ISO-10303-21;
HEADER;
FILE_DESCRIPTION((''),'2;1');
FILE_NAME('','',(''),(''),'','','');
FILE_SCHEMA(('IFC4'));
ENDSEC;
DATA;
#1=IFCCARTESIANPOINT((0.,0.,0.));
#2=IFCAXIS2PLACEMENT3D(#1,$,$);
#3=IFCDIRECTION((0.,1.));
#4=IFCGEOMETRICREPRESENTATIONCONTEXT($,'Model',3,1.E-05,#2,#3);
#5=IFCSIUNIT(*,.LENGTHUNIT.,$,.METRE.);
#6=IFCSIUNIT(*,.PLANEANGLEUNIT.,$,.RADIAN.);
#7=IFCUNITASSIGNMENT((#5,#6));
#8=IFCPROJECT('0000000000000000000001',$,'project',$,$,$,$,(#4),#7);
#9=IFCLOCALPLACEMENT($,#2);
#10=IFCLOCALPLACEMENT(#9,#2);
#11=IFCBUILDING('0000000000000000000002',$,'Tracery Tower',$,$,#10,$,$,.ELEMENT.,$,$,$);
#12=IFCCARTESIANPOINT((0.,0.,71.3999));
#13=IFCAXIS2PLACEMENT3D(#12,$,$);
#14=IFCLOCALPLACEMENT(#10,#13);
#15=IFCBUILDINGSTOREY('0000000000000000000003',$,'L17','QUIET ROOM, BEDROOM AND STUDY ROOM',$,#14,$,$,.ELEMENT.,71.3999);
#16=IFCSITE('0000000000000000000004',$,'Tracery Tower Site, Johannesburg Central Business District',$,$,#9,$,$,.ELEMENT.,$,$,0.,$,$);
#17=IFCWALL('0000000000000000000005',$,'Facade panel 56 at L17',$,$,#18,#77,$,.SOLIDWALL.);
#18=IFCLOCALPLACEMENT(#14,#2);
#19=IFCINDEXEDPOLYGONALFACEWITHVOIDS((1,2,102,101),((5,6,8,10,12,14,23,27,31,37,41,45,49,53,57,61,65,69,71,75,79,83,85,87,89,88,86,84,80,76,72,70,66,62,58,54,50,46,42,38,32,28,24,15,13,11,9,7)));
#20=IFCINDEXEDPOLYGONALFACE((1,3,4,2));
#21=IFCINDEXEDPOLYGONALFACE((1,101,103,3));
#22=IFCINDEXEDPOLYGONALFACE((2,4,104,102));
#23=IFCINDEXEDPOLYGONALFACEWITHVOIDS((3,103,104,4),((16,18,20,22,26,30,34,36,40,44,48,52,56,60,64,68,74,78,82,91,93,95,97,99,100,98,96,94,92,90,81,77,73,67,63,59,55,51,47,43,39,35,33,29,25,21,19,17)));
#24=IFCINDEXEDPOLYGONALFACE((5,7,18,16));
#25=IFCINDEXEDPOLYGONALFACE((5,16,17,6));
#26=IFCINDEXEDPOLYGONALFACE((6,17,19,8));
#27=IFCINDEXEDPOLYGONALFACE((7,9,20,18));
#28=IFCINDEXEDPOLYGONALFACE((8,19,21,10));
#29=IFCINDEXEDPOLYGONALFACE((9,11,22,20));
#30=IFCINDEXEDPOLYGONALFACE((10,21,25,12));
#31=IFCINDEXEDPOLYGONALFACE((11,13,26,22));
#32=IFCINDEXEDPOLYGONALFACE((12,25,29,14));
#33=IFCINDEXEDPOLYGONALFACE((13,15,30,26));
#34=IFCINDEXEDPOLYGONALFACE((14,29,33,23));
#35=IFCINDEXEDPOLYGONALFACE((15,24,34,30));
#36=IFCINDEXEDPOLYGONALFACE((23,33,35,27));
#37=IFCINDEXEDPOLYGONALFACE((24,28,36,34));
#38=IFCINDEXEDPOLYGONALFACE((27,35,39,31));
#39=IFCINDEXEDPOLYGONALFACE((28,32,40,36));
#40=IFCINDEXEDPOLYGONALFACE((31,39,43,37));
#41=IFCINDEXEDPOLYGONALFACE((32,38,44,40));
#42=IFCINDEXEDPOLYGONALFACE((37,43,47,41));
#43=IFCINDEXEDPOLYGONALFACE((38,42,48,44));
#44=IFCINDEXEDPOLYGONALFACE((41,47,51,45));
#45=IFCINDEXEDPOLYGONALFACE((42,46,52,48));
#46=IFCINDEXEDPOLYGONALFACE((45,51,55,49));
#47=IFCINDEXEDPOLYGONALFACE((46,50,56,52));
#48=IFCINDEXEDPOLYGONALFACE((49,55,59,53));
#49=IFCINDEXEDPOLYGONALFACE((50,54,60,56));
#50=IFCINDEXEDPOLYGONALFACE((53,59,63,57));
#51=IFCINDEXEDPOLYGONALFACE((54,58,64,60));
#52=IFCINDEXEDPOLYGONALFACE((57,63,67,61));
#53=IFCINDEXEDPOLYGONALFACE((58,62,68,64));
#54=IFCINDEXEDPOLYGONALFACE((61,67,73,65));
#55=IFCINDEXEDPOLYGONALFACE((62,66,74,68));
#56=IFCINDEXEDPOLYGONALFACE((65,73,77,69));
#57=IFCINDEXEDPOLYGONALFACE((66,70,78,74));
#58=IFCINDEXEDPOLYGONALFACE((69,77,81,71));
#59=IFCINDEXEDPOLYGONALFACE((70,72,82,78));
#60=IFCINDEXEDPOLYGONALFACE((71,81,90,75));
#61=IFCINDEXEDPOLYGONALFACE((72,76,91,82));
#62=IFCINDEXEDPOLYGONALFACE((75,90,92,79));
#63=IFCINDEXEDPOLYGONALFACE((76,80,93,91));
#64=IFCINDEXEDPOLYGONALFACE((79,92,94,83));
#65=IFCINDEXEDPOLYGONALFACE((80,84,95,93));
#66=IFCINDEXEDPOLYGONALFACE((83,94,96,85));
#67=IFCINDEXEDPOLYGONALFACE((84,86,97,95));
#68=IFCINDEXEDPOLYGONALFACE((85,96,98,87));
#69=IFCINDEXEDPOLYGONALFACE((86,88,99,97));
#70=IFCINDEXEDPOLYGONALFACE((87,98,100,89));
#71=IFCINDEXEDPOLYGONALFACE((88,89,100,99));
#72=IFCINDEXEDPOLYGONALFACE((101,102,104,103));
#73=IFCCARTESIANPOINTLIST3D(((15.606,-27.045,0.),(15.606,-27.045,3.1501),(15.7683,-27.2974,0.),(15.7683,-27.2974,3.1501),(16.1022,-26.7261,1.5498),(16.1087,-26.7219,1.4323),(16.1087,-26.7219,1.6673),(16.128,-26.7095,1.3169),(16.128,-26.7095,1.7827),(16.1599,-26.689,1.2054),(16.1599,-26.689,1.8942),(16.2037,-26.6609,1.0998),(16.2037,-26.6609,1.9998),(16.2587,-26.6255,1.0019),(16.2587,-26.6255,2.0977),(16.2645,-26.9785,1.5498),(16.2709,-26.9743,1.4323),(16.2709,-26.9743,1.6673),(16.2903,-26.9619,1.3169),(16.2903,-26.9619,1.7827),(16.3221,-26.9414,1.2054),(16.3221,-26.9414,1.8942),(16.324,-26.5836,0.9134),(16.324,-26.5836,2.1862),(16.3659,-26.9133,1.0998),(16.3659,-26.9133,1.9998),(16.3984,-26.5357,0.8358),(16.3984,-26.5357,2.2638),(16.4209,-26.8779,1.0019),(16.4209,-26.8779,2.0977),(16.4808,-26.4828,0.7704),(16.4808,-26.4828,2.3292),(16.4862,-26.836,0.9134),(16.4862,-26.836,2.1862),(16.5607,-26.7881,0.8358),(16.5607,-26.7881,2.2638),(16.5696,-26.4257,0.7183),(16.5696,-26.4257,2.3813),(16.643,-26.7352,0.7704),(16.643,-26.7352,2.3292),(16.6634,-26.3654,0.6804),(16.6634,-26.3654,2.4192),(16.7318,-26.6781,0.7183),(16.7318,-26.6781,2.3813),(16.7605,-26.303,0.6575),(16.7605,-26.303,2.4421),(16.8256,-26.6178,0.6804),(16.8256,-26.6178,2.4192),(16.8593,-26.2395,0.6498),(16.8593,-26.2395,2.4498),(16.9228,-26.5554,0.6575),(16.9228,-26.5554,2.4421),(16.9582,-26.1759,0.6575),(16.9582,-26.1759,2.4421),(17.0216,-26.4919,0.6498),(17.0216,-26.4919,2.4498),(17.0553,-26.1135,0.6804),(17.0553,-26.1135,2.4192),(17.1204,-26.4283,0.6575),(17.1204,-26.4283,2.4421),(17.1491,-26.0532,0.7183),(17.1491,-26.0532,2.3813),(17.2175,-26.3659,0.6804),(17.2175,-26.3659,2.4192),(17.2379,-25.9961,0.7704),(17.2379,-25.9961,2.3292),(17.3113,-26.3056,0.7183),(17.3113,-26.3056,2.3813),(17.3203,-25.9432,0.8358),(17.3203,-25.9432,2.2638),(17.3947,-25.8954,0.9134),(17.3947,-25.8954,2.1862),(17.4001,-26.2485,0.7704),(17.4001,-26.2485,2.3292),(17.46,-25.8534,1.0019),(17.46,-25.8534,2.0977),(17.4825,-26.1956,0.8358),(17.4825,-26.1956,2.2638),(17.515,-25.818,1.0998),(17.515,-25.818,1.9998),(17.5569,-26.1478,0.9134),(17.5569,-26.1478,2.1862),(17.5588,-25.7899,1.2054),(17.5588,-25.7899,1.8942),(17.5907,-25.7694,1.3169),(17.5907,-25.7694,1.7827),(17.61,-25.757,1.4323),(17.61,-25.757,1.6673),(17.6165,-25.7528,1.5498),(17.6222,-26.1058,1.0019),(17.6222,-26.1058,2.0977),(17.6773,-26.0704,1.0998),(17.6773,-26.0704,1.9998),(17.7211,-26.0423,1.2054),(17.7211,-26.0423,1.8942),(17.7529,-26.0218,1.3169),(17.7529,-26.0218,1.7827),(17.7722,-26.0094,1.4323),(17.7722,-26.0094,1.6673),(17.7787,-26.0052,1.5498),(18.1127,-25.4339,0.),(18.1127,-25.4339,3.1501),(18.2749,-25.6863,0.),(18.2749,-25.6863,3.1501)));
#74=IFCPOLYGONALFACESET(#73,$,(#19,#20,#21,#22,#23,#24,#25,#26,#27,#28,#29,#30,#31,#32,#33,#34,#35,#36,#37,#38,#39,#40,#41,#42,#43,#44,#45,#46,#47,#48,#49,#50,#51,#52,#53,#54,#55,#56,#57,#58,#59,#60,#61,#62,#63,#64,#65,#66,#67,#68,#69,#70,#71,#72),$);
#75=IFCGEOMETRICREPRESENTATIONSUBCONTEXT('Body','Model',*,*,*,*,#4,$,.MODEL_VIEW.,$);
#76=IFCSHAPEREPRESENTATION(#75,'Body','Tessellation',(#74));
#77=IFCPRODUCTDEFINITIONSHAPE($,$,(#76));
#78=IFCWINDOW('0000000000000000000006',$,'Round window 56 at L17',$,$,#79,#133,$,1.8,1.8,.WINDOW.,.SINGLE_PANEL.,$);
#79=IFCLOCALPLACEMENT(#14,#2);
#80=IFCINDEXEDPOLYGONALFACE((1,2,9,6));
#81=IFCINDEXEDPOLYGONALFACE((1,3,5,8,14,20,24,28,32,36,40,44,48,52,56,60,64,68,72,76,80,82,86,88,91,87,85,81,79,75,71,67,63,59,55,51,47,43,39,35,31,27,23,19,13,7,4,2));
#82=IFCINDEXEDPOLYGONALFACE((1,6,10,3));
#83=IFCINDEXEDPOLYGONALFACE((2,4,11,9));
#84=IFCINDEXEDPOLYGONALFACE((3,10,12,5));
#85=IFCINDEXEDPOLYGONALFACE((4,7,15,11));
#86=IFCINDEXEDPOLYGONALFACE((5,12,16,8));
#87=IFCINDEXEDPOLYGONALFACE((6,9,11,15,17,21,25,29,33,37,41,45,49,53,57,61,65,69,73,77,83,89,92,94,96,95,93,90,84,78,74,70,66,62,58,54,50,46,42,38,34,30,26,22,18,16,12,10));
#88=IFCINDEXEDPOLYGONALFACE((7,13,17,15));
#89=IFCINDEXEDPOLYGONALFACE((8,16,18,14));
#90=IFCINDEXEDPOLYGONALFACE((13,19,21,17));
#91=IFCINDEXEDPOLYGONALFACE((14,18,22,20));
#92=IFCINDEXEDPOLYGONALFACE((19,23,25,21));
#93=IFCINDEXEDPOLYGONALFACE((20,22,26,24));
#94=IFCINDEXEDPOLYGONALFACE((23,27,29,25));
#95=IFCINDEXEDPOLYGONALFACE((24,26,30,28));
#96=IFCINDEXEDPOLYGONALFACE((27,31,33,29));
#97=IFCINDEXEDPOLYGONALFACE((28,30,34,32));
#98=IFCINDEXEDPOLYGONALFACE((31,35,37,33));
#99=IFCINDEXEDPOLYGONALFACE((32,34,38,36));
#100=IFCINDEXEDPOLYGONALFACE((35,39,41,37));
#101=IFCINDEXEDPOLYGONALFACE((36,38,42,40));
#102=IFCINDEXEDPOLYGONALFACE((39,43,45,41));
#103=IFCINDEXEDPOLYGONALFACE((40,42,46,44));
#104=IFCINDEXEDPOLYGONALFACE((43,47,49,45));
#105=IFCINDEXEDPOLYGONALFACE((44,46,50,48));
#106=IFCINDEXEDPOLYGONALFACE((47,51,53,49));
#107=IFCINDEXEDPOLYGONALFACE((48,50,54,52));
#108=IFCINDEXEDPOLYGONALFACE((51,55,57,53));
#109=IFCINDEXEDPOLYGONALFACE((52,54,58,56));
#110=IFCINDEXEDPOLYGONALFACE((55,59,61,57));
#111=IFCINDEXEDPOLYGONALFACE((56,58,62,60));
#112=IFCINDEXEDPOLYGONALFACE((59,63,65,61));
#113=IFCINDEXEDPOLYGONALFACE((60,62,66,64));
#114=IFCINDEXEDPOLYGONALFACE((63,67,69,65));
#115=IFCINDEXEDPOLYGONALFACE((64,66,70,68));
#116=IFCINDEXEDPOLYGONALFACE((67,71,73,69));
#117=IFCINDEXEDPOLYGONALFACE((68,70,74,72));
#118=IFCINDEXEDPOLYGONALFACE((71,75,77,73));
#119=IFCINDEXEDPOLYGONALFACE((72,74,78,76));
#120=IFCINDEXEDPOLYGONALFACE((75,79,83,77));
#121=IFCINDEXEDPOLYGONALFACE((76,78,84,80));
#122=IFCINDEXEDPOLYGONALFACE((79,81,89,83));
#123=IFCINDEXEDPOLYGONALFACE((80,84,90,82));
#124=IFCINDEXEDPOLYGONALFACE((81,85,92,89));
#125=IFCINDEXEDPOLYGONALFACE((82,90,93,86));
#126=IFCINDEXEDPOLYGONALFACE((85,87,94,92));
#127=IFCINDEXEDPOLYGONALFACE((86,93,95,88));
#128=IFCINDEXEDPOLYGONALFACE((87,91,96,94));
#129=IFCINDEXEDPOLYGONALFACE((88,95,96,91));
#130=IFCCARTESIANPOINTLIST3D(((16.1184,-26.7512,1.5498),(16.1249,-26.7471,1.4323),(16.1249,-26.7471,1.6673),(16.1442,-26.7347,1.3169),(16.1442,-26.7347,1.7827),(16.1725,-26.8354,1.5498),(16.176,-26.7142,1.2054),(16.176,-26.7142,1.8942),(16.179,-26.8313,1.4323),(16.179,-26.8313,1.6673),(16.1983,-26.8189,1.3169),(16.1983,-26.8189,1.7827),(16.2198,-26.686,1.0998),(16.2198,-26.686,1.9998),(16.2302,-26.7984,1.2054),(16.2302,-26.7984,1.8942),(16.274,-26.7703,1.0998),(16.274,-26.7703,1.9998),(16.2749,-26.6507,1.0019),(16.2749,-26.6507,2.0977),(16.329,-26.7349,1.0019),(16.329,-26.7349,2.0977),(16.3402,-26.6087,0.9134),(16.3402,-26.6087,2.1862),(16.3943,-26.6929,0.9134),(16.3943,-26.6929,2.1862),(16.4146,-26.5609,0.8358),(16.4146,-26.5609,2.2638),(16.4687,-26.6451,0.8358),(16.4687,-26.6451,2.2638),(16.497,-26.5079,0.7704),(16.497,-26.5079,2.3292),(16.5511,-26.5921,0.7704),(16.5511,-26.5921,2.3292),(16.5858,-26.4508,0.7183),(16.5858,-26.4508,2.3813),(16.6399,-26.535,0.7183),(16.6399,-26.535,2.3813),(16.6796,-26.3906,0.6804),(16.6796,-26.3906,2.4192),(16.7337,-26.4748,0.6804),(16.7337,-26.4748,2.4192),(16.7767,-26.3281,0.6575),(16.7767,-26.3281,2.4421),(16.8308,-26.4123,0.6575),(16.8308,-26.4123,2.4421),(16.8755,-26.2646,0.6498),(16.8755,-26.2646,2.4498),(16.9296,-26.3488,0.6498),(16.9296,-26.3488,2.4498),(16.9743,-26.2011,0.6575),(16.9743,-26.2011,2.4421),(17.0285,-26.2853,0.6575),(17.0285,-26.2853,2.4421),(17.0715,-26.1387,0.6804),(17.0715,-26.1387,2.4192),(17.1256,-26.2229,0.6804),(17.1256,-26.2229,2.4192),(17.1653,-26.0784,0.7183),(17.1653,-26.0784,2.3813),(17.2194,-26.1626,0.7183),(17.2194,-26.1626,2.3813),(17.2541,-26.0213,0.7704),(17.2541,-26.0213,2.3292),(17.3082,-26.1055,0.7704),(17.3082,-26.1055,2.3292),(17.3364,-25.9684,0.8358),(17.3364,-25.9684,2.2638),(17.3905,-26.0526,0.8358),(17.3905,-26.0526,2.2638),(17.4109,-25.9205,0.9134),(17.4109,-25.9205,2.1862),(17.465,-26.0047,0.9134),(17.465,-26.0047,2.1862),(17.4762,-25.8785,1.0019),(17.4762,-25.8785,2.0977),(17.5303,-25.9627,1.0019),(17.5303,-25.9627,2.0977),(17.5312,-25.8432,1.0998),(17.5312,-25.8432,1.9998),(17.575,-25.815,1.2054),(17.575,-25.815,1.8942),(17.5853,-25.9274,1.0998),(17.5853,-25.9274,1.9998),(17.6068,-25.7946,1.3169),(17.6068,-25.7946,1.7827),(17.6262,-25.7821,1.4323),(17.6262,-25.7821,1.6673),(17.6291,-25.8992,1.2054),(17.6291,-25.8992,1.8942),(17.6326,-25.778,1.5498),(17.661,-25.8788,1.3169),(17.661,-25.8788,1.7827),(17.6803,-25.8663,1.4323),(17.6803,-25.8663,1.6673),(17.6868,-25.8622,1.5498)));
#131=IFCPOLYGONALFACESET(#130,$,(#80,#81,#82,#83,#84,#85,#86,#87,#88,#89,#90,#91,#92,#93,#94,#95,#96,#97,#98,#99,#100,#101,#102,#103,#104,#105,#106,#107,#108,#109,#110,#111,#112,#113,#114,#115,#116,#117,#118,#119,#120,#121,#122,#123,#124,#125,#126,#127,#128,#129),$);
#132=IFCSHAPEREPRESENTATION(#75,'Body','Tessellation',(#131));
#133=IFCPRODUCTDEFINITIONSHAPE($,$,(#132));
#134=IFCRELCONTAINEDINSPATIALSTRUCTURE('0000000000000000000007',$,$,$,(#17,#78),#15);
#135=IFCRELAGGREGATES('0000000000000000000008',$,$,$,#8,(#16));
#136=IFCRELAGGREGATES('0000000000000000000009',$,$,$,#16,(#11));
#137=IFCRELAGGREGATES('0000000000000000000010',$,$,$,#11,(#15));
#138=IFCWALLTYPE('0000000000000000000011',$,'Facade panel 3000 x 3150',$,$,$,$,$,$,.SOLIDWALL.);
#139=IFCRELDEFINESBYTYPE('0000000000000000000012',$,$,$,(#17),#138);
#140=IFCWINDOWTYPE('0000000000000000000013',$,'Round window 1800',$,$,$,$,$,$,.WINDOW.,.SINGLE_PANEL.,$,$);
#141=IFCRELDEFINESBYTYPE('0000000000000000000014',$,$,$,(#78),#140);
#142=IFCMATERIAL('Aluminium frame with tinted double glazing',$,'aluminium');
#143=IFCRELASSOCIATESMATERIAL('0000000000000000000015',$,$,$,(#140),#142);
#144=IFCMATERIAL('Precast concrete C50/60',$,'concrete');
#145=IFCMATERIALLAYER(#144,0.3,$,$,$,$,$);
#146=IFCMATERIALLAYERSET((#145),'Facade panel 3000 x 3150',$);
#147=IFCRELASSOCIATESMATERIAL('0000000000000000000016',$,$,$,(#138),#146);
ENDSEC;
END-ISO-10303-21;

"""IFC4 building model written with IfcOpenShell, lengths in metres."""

from ifc_helpers import new_model, si_unit, direction, frame, frame_2d, origin, origin_2d, place, context, subcontext, project, spatial, rectangle, circle, extrude, material, layer, layer_set, type_object, element, fill, save


model = new_model("IFC4")

# Units and contexts
model_context = context("Model", 3, precision=1e-05, world=origin(), true_north=direction((0.0, 1.0)))
body_context = subcontext(model_context, "Body", "Model", "MODEL_VIEW")
ifc_project = project(units=[si_unit("LENGTHUNIT", "METRE"), si_unit("PLANEANGLEUNIT", "RADIAN")], contexts=[model_context])

# Site, building, storey
site_placement = place(None, origin())
site = spatial("IfcSite", under=ifc_project, at=site_placement, Name="Tracery Tower Site, Johannesburg Central Business District", CompositionType="ELEMENT", RefElevation=0.0)
building_placement = place(site_placement, origin())
building = spatial("IfcBuilding", under=site, at=building_placement, Name="Tracery Tower", CompositionType="ELEMENT")
storey_placement = place(building_placement, frame((0.0, 0.0, 71.3999)))
storey = spatial("IfcBuildingStorey", under=building, at=storey_placement, Name="L17", Description="QUIET ROOM, BEDROOM AND STUDY ROOM", CompositionType="ELEMENT", Elevation=71.3999)

# Wall, opening, window
ifc_material_1 = material(Name="Aluminium frame with tinted double glazing", Category="aluminium")
window_type = type_object("IfcWindowType", Name="Round window 1800", PartitioningType="SINGLE_PANEL", PredefinedType="WINDOW", material=ifc_material_1)
ifc_material_2 = material(Name="Precast concrete C50/60", Category="concrete")
ifc_layer_1 = layer(ifc_material_2, 0.3)
ifc_layer_set_1 = layer_set([ifc_layer_1], Name="Facade panel 3000 x 3150")
wall_type_1 = type_object("IfcWallType", Name="Facade panel 3000 x 3150", PredefinedType="SOLIDWALL", material=ifc_layer_set_1)
wall_1_placement = place(storey_placement, frame((15.6873, -27.1711, 0.0), z_axis=(0.0, 0.0, 1.0), x_axis=(0.841224, 0.540687, 0.0)))
wall_1 = element("IfcWall", 1, at=wall_1_placement, inside=storey, type_object=wall_type_1, Name="Facade panel 56 at L17", PredefinedType="SOLIDWALL", context=body_context, shape_type="SweptSolid", body=[
    extrude(rectangle(XDim=2.9797, YDim=0.3, at=frame_2d((1.4897, 0.0))), origin(), (0.0, 0.0, 1.0), 3.1501),
])
opening_1_placement = place(wall_1_placement, frame((1.4897, 0.0, 1.5498)))
opening_1 = element("IfcOpeningElement", 2, at=opening_1_placement, cuts=wall_1, PredefinedType="OPENING", context=body_context, shape_type="SweptSolid", body=[
    extrude(circle(Radius=0.9, at=origin_2d()), frame((0.0, 0.1599, 0.0), z_axis=(0.0, -1.0, 0.0), x_axis=(1.0, 0.0, 0.0)), (0.0, 0.0, 1.0), 0.3201),
])
window_1_placement = place(opening_1_placement, origin())
window_1 = element("IfcWindow", 3, at=window_1_placement, inside=storey, type_object=window_type, Name="Round window 56 at L17", OverallHeight=1.8, OverallWidth=1.8, PartitioningType="SINGLE_PANEL", PredefinedType="WINDOW", context=body_context, shape_type="SweptSolid", body=[
    extrude(circle(Radius=0.9, at=origin_2d()), frame((0.0, 0.1201, 0.0), z_axis=(0.0, -1.0, 0.0), x_axis=(1.0, 0.0, 0.0)), (0.0, 0.0, 1.0), 0.1001),
])
fill(opening_1, window_1)

save(model, "model.ifc")
